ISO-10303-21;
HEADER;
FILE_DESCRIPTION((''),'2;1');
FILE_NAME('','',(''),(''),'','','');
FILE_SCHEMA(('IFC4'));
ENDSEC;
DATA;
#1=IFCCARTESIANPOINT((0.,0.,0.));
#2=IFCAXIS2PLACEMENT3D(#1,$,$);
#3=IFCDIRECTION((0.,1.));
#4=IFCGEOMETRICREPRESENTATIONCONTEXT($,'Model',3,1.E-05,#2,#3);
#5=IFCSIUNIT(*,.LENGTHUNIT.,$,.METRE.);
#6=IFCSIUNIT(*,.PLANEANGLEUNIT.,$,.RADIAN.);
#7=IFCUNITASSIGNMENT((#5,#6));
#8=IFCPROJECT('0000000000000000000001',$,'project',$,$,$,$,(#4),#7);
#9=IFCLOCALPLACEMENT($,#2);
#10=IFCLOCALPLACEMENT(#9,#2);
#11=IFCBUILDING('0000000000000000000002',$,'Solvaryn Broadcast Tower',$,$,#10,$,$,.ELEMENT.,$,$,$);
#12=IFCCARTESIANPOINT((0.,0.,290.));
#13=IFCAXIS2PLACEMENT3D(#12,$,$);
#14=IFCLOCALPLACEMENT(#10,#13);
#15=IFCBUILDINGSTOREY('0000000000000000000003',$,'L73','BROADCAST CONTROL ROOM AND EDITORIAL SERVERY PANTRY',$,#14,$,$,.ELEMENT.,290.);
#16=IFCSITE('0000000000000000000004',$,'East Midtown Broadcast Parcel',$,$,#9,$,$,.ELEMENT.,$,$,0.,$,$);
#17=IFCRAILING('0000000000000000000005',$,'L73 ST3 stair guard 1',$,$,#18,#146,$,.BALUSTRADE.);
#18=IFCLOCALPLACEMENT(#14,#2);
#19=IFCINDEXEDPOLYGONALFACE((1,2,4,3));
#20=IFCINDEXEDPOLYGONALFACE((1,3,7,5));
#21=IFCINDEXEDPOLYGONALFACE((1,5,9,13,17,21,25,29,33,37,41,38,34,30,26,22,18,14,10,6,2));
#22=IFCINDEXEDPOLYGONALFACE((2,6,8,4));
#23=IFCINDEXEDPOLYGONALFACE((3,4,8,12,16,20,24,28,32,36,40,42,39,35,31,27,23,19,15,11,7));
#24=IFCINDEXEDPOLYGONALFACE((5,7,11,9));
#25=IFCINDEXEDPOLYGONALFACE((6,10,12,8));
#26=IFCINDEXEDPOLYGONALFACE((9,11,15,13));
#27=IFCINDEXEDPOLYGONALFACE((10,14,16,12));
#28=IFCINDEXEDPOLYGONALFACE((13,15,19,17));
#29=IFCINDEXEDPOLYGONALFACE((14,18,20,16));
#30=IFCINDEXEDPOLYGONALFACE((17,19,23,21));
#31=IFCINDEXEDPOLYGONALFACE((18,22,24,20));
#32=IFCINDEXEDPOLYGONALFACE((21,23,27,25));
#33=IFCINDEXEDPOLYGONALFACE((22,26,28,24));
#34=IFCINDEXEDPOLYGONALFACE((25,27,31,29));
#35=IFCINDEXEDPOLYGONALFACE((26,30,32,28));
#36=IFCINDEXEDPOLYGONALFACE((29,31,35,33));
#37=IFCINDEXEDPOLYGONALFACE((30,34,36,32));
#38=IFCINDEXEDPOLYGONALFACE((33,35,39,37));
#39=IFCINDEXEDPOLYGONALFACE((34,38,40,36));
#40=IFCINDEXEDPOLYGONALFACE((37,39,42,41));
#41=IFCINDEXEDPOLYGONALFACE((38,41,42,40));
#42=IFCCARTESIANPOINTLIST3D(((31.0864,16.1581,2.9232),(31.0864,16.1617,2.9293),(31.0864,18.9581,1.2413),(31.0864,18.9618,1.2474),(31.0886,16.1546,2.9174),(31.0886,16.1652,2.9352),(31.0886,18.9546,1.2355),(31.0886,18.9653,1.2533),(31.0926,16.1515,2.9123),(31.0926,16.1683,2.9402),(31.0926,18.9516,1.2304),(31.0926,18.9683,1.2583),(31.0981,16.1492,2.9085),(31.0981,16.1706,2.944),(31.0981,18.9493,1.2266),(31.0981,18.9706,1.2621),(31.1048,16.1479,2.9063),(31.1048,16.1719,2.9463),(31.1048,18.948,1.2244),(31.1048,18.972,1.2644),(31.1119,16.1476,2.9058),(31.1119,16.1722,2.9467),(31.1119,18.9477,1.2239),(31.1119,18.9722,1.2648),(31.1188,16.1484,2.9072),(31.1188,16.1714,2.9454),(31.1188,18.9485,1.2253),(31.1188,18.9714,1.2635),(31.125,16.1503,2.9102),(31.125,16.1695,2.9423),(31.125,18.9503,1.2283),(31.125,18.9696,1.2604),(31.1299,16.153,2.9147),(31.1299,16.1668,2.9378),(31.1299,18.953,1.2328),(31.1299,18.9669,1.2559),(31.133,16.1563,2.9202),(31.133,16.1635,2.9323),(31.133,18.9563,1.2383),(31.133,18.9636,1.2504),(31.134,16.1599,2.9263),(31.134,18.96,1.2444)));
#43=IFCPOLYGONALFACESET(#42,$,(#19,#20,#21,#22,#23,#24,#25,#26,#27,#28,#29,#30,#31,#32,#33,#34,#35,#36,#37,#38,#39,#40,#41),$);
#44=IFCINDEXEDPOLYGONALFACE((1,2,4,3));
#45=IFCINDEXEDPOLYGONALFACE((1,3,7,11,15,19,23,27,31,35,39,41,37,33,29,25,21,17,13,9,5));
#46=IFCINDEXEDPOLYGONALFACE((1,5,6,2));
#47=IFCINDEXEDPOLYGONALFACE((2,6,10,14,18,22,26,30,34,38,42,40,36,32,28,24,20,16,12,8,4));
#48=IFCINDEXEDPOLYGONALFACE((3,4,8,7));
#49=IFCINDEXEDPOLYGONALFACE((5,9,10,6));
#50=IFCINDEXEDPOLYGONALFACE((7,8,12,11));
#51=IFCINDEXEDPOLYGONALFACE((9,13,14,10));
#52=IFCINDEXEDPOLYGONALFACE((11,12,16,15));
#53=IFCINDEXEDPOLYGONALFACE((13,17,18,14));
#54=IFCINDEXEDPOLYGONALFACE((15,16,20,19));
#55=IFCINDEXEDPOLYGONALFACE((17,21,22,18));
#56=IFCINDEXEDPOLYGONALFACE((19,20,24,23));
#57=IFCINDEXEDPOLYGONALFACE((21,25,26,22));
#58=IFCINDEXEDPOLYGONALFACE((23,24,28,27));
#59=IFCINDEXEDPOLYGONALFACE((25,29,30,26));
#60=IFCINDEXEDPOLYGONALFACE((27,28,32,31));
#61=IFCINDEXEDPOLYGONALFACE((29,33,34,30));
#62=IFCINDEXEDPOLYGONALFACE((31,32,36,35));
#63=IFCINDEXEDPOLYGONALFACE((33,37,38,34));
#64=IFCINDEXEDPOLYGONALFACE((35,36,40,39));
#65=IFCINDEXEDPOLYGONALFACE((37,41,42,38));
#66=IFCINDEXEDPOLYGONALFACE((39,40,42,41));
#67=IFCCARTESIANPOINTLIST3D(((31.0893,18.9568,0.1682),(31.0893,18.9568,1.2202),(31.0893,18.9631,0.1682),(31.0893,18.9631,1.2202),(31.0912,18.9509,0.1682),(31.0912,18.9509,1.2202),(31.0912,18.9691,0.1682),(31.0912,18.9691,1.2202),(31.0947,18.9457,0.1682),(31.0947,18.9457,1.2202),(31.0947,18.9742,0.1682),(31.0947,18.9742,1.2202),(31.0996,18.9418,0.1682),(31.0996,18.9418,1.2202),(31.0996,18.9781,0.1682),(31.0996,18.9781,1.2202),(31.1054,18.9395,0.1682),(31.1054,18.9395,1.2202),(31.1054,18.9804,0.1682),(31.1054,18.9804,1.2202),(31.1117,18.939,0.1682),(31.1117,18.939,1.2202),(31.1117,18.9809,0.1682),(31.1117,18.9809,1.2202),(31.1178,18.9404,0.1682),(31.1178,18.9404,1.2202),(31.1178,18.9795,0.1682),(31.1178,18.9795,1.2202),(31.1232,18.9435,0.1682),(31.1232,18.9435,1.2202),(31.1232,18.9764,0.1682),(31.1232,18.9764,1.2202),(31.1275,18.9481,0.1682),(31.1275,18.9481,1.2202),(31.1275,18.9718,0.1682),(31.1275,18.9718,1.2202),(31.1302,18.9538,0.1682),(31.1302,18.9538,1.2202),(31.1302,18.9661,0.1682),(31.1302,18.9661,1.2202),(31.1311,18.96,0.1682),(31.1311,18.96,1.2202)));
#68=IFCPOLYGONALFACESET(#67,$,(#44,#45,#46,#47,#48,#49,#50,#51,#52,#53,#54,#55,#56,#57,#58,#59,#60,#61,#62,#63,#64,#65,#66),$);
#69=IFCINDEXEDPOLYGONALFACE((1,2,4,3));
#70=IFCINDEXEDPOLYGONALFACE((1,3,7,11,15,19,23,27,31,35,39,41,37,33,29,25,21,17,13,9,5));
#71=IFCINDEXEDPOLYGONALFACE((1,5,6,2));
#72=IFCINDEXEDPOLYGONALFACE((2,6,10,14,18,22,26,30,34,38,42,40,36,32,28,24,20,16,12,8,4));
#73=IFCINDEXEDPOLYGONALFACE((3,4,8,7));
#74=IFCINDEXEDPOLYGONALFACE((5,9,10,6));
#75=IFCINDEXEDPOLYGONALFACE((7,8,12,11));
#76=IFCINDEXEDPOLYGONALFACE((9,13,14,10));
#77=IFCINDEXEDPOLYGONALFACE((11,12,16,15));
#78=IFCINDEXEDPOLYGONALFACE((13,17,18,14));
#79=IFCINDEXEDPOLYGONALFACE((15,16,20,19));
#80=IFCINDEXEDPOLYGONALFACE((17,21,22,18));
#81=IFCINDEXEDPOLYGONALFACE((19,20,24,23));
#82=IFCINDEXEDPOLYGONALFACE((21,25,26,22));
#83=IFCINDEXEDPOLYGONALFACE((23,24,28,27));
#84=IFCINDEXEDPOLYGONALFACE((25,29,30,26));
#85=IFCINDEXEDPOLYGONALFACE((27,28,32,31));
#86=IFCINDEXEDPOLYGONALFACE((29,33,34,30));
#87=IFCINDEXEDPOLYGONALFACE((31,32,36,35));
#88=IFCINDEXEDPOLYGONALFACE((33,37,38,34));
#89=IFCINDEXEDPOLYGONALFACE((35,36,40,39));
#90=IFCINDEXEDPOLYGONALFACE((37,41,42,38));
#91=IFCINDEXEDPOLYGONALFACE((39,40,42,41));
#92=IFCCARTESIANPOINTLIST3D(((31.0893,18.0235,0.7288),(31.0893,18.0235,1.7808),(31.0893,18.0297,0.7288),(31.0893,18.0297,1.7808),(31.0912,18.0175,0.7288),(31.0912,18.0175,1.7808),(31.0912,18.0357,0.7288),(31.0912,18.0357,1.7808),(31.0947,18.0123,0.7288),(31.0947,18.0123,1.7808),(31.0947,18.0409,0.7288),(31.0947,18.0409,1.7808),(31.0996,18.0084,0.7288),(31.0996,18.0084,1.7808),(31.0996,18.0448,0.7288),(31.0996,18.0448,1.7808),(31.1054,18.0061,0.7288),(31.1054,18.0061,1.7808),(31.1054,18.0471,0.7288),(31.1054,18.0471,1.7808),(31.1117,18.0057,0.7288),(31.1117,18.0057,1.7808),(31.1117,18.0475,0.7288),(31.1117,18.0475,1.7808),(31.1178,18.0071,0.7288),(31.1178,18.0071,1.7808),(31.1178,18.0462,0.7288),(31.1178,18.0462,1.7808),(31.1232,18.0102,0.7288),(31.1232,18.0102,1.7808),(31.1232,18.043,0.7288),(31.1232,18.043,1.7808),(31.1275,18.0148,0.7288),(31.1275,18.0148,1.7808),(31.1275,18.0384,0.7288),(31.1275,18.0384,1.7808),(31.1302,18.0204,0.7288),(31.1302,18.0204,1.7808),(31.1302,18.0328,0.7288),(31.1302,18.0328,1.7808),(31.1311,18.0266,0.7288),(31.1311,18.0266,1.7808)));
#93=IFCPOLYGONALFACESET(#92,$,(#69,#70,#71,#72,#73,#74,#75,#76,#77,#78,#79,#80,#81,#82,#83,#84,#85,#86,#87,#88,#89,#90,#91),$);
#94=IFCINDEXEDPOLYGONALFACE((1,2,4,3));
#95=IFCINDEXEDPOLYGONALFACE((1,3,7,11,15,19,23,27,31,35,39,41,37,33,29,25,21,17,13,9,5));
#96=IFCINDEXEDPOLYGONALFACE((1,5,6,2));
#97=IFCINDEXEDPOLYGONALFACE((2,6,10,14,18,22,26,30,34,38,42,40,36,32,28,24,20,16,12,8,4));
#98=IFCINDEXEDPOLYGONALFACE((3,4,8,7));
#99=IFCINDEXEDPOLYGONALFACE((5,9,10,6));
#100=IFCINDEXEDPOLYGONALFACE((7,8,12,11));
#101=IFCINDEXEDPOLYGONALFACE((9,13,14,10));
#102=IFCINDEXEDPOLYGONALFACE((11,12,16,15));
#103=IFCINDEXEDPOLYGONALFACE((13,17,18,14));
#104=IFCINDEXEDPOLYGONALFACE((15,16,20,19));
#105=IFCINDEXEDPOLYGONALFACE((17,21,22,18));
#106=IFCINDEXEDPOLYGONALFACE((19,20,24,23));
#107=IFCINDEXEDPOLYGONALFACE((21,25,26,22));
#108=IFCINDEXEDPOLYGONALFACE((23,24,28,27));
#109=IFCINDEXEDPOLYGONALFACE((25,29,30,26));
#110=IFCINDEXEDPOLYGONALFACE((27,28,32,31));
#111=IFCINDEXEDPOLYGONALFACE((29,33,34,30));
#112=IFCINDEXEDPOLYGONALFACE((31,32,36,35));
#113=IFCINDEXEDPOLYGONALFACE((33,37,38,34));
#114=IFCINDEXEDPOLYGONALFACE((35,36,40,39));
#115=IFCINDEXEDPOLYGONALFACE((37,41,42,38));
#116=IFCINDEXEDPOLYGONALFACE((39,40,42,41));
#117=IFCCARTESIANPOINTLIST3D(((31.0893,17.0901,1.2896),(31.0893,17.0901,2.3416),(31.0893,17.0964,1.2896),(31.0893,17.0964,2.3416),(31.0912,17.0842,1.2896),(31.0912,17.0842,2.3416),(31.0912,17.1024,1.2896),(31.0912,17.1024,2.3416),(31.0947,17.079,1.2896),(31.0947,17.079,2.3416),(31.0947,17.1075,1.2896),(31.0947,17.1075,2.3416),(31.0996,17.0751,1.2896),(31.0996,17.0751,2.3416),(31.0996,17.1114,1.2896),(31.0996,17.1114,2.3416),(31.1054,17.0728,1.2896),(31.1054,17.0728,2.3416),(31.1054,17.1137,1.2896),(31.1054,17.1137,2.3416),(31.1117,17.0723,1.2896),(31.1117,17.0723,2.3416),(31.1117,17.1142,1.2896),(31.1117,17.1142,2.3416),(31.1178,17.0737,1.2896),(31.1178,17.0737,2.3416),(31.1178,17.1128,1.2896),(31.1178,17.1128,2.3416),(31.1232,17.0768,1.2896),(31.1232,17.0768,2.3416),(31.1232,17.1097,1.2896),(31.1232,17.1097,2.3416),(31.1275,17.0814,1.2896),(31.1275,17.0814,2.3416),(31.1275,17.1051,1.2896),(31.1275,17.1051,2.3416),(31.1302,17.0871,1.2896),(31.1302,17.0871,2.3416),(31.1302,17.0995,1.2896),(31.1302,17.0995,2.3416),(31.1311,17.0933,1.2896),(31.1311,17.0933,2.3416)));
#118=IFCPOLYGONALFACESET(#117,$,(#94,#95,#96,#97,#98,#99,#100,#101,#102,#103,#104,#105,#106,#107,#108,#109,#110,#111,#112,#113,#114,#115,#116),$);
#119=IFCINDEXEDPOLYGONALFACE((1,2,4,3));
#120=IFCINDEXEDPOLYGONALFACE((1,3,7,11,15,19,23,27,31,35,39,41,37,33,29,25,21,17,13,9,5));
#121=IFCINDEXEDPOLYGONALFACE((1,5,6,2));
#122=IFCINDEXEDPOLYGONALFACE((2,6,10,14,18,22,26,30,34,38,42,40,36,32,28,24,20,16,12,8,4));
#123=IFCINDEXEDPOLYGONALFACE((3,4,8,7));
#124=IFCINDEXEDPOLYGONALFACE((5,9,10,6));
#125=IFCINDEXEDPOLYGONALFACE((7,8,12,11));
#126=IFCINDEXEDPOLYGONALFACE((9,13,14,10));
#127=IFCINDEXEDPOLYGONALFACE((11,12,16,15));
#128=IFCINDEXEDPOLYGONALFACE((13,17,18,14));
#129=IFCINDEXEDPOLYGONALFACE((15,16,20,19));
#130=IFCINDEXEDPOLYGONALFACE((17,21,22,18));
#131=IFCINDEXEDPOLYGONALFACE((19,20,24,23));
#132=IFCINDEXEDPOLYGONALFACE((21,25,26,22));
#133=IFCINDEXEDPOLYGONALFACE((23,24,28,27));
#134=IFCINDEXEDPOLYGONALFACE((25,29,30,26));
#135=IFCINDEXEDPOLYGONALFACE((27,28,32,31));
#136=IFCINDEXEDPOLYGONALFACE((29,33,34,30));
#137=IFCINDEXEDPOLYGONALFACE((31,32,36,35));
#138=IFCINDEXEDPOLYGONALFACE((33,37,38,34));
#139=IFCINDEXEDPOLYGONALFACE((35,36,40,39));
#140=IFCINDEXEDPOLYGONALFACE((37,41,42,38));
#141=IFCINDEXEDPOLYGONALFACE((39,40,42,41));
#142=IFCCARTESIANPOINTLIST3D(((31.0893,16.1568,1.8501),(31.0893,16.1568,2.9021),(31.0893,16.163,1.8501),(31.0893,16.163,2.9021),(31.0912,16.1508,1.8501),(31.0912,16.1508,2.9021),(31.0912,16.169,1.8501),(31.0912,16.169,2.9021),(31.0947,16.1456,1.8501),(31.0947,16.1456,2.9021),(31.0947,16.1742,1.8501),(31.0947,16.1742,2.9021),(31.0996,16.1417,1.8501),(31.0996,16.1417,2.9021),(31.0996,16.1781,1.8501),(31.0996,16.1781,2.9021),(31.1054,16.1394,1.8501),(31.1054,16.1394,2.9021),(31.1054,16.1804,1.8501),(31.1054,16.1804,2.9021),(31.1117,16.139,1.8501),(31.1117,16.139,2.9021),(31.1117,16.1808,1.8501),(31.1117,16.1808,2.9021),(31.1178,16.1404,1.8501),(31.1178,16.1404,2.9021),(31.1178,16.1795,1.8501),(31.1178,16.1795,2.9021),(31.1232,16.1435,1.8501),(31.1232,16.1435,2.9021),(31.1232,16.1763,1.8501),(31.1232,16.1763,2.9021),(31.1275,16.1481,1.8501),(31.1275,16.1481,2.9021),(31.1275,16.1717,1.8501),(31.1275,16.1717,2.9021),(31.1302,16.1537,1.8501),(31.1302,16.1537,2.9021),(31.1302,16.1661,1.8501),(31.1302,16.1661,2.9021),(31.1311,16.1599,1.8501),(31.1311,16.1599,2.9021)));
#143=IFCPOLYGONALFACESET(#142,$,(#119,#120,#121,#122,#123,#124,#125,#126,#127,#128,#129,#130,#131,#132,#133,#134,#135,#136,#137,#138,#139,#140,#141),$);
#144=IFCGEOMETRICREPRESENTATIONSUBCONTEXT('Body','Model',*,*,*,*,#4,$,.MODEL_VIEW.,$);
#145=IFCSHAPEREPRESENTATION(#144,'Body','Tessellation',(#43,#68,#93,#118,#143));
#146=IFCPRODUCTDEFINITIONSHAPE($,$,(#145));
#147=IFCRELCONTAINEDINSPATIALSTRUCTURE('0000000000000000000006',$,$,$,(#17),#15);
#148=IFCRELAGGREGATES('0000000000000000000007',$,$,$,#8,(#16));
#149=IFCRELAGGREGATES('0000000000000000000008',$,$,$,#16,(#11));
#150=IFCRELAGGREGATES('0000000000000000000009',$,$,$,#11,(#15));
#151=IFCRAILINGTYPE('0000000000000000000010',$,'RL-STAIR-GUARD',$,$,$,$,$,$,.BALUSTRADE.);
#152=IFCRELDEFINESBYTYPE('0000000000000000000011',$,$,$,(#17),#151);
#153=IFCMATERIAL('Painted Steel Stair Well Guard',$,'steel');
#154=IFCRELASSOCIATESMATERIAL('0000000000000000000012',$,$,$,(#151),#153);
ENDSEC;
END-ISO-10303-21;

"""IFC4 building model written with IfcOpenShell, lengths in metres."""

from ifc_helpers import new_model, si_unit, direction, frame, origin, origin_2d, place, context, subcontext, project, spatial, circle, extrude, material, type_object, element, save


model = new_model("IFC4")

# Units and contexts
model_context = context("Model", 3, precision=1e-05, world=origin(), true_north=direction((0.0, 1.0)))
body_context = subcontext(model_context, "Body", "Model", "MODEL_VIEW")
ifc_project = project(units=[si_unit("LENGTHUNIT", "METRE"), si_unit("PLANEANGLEUNIT", "RADIAN")], contexts=[model_context])

# Site, building, storey
site_placement = place(None, origin())
site = spatial("IfcSite", under=ifc_project, at=site_placement, Name="East Midtown Broadcast Parcel", CompositionType="ELEMENT", RefElevation=0.0)
building_placement = place(site_placement, origin())
building = spatial("IfcBuilding", under=site, at=building_placement, Name="Solvaryn Broadcast Tower", CompositionType="ELEMENT")
storey_placement = place(building_placement, frame((0.0, 0.0, 290.0)))
storey = spatial("IfcBuildingStorey", under=building, at=storey_placement, Name="L73", Description="BROADCAST CONTROL ROOM AND EDITORIAL SERVERY PANTRY", CompositionType="ELEMENT", Elevation=290.0)

# Railing
ifc_material_1 = material(Name="Painted Steel Stair Well Guard", Category="steel")
railing_type_1 = type_object("IfcRailingType", Name="RL-STAIR-GUARD", PredefinedType="BALUSTRADE", material=ifc_material_1)
railing_1_placement = place(storey_placement, frame((31.1101, 18.96, 0.1682)))
element("IfcRailing", 1, at=railing_1_placement, inside=storey, type_object=railing_type_1, Name="L73 ST3 stair guard 1", PredefinedType="BALUSTRADE", context=body_context, shape_type="SweptSolid", body=[
    extrude(circle(Radius=0.0239, at=origin_2d()), frame((0.0, 0.0, 1.0762), z_axis=(0.0, -0.857242, 0.514913), x_axis=(1.0, 0.0, 0.0)), (0.0, 0.0, 1.0), 3.2664),
    extrude(circle(Radius=0.021, at=origin_2d()), origin(), (0.0, 0.0, 1.0), 1.052),
    extrude(circle(Radius=0.021, at=origin_2d()), frame((0.0, -0.9333, 0.5605)), (0.0, 0.0, 1.0), 1.052),
    extrude(circle(Radius=0.021, at=origin_2d()), frame((0.0, -1.8667, 1.1213)), (0.0, 0.0, 1.0), 1.052),
    extrude(circle(Radius=0.021, at=origin_2d()), frame((0.0, -2.8, 1.6819)), (0.0, 0.0, 1.0), 1.052),
])

save(model, "model.ifc")
